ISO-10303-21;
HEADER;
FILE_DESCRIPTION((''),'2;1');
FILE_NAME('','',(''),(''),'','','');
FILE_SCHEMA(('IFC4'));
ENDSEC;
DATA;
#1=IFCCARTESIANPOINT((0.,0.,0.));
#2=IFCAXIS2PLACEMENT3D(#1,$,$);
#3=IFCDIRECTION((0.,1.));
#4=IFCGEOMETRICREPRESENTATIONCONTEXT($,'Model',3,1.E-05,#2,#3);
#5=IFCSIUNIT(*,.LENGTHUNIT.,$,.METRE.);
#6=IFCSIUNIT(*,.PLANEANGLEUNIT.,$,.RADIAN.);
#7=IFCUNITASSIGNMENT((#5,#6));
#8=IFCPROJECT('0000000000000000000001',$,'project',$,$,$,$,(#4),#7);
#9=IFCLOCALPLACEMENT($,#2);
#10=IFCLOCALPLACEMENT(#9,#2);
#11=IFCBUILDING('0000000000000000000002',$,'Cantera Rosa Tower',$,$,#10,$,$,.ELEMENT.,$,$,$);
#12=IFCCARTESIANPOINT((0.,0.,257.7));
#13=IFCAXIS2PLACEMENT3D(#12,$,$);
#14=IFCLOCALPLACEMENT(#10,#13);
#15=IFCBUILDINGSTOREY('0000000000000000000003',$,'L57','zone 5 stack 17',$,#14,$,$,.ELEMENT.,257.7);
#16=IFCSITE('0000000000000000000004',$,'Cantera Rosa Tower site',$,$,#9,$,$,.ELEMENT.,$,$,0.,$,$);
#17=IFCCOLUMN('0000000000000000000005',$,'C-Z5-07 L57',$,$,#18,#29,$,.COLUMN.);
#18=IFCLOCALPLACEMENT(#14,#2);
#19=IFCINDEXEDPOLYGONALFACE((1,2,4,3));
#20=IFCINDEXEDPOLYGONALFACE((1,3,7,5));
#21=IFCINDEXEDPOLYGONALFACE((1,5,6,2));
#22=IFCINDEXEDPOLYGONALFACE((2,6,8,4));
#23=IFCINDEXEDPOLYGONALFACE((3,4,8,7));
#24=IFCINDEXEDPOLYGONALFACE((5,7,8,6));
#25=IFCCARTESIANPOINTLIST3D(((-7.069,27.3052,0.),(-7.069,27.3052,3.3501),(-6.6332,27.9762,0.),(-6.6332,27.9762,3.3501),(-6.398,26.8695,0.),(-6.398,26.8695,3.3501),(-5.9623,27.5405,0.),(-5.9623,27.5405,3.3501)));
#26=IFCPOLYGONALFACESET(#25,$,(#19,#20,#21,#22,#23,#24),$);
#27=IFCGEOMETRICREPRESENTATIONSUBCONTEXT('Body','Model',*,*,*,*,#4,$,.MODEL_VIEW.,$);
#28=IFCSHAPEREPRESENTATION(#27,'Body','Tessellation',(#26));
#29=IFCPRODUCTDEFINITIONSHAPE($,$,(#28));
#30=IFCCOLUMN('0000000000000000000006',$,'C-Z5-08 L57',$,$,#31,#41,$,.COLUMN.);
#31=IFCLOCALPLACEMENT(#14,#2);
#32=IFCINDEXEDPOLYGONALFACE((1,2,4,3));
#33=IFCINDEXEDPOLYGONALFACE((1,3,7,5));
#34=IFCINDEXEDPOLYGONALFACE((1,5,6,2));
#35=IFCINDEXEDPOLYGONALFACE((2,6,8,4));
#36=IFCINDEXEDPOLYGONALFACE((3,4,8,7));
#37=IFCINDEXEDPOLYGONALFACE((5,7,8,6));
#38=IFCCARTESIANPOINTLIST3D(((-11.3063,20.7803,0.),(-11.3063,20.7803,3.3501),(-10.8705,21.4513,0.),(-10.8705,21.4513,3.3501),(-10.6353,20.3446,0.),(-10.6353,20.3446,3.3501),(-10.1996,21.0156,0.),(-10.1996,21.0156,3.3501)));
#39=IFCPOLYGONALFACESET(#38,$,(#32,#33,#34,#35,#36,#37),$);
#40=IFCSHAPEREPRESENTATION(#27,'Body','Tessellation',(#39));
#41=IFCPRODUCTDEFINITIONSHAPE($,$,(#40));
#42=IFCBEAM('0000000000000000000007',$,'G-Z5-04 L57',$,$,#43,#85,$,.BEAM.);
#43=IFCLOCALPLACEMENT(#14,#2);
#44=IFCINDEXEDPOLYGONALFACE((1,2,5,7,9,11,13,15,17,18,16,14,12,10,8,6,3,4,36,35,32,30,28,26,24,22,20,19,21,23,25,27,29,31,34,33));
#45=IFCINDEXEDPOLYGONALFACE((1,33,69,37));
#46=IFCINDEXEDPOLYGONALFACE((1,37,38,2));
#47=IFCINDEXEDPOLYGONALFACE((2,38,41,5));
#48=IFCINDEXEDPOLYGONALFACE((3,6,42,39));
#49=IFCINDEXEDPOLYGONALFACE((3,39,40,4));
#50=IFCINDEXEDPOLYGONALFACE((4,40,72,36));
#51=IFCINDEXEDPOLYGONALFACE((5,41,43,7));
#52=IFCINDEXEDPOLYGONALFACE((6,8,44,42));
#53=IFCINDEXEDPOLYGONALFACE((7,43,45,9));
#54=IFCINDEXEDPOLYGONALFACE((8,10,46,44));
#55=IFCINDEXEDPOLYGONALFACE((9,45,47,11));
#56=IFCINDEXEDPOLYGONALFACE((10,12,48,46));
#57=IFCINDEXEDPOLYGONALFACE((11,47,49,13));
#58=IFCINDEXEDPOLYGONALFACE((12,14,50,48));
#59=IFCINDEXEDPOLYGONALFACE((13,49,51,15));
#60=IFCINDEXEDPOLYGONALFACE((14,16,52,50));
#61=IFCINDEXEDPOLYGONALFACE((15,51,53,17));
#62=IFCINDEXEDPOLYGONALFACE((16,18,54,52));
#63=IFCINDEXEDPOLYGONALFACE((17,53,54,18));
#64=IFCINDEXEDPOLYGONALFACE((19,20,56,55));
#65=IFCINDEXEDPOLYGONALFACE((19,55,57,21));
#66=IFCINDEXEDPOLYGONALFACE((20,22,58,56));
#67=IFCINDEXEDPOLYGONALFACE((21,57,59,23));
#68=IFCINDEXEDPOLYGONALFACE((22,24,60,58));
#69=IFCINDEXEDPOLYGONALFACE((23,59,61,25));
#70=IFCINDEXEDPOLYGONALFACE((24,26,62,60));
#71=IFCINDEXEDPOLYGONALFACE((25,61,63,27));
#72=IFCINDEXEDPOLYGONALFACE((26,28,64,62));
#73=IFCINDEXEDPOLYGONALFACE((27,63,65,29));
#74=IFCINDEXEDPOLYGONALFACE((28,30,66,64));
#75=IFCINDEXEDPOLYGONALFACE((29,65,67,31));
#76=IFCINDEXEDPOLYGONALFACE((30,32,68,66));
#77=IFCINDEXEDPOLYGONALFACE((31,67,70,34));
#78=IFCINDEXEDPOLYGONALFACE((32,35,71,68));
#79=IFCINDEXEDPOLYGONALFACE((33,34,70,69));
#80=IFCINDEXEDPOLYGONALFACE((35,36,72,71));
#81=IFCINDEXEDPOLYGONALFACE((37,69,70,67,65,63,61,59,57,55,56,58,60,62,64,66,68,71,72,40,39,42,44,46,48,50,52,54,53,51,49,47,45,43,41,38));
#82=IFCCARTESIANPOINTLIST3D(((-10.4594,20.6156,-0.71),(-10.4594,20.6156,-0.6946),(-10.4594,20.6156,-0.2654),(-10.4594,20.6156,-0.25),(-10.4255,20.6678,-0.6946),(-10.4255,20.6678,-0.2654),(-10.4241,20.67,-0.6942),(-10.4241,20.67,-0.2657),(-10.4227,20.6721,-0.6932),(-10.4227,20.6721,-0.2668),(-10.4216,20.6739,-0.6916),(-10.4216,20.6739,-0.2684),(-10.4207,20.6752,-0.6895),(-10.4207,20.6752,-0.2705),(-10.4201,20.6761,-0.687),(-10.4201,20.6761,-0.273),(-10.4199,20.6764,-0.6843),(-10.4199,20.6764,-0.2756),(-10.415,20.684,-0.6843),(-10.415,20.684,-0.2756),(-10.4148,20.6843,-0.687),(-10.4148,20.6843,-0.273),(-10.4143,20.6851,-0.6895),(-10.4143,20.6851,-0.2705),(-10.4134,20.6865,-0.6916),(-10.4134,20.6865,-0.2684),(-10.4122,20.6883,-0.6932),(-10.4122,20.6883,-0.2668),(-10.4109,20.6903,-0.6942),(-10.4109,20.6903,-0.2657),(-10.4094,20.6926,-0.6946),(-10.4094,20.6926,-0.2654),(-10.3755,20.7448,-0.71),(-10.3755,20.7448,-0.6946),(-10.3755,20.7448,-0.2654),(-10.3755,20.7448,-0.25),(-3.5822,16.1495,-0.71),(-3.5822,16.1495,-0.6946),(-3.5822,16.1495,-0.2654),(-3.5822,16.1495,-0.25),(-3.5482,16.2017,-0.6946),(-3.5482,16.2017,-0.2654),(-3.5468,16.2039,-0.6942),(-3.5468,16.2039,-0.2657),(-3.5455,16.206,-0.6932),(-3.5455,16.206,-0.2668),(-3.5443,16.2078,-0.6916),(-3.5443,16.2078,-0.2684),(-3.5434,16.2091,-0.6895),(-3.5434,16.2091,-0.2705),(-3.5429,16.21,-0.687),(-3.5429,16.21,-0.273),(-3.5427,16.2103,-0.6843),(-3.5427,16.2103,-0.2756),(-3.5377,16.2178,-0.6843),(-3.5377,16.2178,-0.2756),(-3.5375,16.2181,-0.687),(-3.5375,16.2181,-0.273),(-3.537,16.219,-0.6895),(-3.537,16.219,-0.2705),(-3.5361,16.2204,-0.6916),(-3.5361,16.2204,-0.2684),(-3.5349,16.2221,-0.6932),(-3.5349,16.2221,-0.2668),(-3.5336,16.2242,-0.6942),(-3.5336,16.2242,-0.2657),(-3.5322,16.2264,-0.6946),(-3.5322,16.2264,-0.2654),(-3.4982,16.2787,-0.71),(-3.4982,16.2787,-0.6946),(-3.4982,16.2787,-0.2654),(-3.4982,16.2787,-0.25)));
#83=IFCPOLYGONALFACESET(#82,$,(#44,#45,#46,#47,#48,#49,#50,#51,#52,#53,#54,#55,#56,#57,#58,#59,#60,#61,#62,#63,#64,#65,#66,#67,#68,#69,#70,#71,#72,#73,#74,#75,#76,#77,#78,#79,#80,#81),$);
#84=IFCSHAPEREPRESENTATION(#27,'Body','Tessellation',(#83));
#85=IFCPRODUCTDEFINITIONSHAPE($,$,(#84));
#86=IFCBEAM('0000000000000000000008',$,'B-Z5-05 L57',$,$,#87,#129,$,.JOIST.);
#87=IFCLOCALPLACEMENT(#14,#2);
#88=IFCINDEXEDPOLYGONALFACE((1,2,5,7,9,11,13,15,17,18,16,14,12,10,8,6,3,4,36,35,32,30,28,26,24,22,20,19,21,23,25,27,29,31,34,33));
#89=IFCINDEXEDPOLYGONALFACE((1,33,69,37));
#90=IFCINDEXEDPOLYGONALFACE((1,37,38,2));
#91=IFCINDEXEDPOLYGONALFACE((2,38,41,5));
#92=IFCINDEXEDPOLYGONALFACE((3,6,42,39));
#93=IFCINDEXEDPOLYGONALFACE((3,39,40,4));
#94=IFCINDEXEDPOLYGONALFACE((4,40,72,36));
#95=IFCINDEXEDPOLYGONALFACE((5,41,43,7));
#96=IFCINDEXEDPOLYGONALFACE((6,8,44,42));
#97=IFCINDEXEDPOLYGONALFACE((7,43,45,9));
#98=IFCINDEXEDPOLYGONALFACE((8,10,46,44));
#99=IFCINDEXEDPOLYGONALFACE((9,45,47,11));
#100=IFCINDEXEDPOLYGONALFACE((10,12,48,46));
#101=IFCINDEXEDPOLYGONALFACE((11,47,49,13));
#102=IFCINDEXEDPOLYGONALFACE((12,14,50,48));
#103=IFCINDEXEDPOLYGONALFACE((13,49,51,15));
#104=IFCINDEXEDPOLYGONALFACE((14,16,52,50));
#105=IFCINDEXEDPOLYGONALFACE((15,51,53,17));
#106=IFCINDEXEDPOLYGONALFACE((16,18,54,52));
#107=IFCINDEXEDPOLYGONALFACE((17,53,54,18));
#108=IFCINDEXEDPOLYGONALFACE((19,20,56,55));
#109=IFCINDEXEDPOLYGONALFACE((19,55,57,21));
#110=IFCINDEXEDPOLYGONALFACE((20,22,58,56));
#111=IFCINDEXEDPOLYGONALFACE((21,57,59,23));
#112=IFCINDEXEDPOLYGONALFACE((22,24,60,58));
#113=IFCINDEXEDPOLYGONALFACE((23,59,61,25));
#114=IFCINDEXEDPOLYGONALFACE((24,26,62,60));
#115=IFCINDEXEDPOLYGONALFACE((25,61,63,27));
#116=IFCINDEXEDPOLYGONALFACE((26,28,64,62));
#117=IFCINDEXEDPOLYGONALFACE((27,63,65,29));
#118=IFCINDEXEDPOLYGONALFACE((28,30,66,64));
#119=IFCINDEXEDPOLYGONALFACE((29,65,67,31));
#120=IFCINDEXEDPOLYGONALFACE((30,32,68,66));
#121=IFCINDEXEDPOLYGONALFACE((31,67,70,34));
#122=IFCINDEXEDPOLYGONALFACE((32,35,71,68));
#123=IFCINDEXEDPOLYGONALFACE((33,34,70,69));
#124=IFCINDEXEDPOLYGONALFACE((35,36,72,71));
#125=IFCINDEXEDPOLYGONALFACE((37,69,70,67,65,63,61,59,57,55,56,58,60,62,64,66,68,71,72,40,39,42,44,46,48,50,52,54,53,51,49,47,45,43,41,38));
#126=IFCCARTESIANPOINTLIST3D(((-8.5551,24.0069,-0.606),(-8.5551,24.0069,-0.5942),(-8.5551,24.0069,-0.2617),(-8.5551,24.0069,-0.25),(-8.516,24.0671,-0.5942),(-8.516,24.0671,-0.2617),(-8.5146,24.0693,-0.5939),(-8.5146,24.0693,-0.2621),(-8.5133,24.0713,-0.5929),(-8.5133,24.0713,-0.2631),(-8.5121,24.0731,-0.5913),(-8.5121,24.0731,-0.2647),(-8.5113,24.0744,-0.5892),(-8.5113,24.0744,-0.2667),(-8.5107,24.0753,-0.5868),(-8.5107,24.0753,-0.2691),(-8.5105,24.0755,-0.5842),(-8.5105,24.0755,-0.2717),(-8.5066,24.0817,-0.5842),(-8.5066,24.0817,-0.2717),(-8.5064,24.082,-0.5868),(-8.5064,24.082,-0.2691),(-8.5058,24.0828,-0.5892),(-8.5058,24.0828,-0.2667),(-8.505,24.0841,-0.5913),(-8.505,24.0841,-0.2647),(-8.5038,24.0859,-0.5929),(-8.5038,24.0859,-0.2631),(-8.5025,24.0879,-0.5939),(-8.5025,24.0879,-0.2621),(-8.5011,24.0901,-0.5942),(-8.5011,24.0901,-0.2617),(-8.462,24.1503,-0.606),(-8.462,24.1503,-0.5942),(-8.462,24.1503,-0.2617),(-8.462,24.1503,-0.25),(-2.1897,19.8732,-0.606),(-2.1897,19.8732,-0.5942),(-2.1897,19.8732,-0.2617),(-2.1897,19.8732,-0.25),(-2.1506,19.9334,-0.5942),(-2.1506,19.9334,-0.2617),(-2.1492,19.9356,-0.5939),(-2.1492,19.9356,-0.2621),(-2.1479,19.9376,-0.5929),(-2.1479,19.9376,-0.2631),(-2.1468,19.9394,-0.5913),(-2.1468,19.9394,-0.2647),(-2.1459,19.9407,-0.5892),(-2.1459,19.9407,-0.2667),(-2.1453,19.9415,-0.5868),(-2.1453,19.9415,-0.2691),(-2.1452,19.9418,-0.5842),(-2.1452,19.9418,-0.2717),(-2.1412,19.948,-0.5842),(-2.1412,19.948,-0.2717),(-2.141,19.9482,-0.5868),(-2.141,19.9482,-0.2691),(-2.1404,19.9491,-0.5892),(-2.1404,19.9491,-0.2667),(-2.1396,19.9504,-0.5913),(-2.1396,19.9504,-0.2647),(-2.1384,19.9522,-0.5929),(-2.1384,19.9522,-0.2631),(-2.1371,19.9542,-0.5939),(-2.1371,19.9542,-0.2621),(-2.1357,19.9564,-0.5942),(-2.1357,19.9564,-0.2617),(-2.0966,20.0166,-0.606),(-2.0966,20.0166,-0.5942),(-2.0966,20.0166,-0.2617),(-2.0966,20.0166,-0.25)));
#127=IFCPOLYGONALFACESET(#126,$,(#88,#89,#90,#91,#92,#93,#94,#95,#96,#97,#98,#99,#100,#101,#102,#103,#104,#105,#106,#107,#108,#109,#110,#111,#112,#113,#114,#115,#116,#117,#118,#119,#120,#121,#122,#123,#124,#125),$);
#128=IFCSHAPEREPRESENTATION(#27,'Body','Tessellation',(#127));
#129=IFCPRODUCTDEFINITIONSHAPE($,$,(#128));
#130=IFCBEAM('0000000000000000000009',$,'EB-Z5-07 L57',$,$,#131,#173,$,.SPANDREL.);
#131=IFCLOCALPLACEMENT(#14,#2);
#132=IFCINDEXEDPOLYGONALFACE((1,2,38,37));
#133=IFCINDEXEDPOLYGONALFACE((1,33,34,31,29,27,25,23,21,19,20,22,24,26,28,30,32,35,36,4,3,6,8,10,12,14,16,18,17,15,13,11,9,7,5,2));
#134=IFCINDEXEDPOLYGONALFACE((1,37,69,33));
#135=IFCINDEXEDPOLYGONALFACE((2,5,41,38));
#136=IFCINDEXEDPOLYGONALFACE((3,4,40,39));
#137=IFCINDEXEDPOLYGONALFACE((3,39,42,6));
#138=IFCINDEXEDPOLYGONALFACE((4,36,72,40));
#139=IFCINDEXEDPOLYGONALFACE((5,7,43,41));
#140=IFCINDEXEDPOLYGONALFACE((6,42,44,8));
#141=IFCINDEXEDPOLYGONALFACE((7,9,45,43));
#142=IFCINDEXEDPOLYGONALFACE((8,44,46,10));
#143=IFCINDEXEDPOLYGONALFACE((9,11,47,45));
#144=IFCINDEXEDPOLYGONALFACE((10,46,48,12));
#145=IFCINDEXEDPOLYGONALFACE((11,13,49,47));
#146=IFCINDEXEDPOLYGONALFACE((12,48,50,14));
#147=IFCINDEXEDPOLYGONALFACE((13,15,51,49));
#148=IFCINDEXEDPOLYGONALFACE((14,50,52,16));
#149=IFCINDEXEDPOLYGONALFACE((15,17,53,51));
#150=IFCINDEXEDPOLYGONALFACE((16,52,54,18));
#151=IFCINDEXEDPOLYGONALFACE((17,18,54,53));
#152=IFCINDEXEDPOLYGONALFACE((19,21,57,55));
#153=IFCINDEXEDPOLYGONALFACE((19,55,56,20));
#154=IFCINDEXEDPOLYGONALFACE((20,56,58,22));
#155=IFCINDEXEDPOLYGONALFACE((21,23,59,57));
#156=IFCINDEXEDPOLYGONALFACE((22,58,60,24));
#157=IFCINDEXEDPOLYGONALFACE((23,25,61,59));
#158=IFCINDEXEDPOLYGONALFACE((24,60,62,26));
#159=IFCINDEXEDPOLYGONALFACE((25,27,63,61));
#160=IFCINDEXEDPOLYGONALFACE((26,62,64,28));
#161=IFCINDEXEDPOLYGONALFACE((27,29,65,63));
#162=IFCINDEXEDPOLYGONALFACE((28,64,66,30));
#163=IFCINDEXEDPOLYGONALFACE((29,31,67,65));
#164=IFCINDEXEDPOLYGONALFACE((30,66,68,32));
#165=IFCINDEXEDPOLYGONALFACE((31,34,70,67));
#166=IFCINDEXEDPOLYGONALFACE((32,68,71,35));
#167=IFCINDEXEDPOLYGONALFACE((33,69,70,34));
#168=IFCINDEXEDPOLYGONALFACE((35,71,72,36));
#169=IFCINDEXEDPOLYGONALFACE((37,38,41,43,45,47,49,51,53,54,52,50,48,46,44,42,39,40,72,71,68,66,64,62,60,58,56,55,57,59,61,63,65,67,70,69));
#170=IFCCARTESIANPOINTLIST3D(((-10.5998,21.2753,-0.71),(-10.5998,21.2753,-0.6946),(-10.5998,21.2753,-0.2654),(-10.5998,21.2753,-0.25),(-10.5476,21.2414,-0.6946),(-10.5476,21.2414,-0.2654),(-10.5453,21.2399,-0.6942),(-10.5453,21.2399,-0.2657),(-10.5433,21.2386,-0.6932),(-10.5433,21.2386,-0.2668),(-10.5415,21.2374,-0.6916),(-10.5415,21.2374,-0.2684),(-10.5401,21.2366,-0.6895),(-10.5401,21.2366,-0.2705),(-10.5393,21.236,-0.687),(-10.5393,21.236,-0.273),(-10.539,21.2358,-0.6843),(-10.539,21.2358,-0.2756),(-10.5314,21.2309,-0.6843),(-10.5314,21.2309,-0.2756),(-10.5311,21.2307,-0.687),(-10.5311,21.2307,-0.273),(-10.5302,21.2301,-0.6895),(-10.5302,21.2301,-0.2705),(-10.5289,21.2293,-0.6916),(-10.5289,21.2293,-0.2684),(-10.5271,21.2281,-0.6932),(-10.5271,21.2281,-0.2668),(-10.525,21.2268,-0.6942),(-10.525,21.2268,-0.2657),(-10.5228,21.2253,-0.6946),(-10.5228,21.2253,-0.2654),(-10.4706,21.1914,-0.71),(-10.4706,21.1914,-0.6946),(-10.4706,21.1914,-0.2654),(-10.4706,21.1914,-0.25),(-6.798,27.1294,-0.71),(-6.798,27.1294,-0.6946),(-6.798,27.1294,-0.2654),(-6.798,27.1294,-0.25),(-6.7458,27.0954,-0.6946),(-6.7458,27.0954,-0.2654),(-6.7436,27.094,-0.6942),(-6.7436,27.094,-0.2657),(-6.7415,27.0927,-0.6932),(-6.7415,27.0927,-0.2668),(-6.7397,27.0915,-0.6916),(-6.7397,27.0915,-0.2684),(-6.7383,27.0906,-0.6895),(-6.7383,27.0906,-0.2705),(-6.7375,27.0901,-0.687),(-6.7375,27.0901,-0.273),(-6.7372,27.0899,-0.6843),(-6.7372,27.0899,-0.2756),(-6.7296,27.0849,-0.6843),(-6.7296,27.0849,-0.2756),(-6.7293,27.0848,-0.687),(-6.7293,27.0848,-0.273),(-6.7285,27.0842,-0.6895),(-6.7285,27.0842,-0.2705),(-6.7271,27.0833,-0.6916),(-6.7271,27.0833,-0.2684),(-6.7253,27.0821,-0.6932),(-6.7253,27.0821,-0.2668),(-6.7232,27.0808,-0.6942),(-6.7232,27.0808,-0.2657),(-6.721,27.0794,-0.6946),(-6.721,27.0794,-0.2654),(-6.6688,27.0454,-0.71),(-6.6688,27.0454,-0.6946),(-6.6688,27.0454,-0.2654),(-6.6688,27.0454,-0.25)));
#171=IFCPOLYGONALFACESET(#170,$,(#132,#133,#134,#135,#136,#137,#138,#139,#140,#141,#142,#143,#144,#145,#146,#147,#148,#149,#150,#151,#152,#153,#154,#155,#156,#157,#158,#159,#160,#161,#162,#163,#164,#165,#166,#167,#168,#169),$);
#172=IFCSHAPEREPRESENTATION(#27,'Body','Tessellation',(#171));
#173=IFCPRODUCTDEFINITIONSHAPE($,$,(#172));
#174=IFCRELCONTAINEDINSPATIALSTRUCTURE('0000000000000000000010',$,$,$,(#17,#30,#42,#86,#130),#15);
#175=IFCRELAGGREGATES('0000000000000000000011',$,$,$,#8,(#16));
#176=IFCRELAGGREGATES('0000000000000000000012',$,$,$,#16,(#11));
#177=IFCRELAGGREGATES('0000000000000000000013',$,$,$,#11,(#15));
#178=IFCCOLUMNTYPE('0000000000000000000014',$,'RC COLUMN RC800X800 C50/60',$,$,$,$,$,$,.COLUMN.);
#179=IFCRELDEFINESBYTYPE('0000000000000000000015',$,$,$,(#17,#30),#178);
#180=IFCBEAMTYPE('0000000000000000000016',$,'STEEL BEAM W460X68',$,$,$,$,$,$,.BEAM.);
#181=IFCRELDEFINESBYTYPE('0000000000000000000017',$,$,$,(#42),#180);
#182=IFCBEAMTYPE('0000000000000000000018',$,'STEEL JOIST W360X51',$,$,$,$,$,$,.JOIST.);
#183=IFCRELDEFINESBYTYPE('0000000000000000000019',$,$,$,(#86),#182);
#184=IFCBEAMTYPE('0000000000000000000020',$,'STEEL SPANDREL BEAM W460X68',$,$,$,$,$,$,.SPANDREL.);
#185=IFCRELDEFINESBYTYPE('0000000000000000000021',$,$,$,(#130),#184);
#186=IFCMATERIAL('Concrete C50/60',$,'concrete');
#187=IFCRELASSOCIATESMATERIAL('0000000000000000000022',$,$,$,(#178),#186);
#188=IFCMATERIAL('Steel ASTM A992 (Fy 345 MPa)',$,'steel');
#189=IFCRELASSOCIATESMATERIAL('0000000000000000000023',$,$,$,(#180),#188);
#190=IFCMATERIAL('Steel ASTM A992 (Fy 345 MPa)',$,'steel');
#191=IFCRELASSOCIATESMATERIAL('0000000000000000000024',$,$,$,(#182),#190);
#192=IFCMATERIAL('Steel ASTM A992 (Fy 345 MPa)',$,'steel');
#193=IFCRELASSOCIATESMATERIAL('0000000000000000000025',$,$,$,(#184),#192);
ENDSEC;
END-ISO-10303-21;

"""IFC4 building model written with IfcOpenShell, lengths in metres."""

from ifc_helpers import new_model, si_unit, direction, frame, origin, origin_2d, place, context, subcontext, project, spatial, rectangle, i_section, extrude, material, material_profile, profile_set, type_object, element, save


model = new_model("IFC4")

# Units and contexts
model_context = context("Model", 3, precision=1e-05, world=origin(), true_north=direction((0.0, 1.0)))
body_context = subcontext(model_context, "Body", "Model", "MODEL_VIEW")
ifc_project = project(units=[si_unit("LENGTHUNIT", "METRE"), si_unit("PLANEANGLEUNIT", "RADIAN")], contexts=[model_context])

# Site, building, storey
site_placement = place(None, origin())
site = spatial("IfcSite", under=ifc_project, at=site_placement, Name="Cantera Rosa Tower site", CompositionType="ELEMENT", RefElevation=0.0)
building_placement = place(site_placement, origin())
building = spatial("IfcBuilding", under=site, at=building_placement, Name="Cantera Rosa Tower", CompositionType="ELEMENT")
storey_placement = place(building_placement, frame((0.0, 0.0, 257.7)))
storey = spatial("IfcBuildingStorey", under=building, at=storey_placement, Name="L57", Description="zone 5 stack 17", CompositionType="ELEMENT", Elevation=257.7)

# Columns
ifc_material_1 = material(Name="Concrete C50/60", Category="concrete")
ifc_material_profile_1 = material_profile(ifc_material_1, rectangle(XDim=0.8, YDim=0.8, at=origin_2d()), Name="RC COLUMN RC800X800 C50/60")
ifc_profile_set_1 = profile_set([ifc_material_profile_1], Name="Concrete C50/60")
column_type = type_object("IfcColumnType", Name="RC COLUMN RC800X800 C50/60", PredefinedType="COLUMN", material=ifc_profile_set_1)
for number, where, z_axis, x_axis, name in (
    (1, (-6.5156, 27.4229, 0.0), (0.0, 0.0, 1.0), (0.544639, 0.838671, 0.0), "C-Z5-07 L57"),
    (2, (-10.7529, 20.8979, 0.0), (0.0, 0.0, 1.0), (0.544639, 0.838671, 0.0), "C-Z5-08 L57"),
):
    element("IfcColumn", number, at=place(storey_placement, frame(where, z_axis=z_axis, x_axis=x_axis)), inside=storey, type_object=column_type, Name=name, PredefinedType="COLUMN", context=body_context, shape_type="SweptSolid", body=[
        extrude(rectangle(XDim=0.8, YDim=0.8, at=origin_2d()), origin(), (0.0, 0.0, 1.0), 3.3501),
    ])

# Beams
ifc_material_2 = material(Name="Steel ASTM A992 (Fy 345 MPa)", Category="steel")
ifc_material_profile_2 = material_profile(ifc_material_2, i_section(OverallWidth=0.1541, OverallDepth=0.46, WebThickness=0.009, FlangeThickness=0.0154, FilletRadius=0.0103, at=origin_2d()), Name="W460X68")
ifc_profile_set_2 = profile_set([ifc_material_profile_2], Name="Steel ASTM A992 (Fy 345 MPa)")
beam_type_1 = type_object("IfcBeamType", Name="STEEL BEAM W460X68", PredefinedType="BEAM", material=ifc_profile_set_2)
beam_1_placement = place(storey_placement, frame((-10.4175, 20.6802, -0.48), z_axis=(0.838673, -0.544636, 0.0), x_axis=(0.544636, 0.838673, 0.0)))
element("IfcBeam", 3, at=beam_1_placement, inside=storey, type_object=beam_type_1, Name="G-Z5-04 L57", PredefinedType="BEAM", context=body_context, shape_type="SweptSolid", body=[
    extrude(i_section(OverallWidth=0.1541, OverallDepth=0.46, WebThickness=0.009, FlangeThickness=0.0154, FilletRadius=0.0103, at=origin_2d()), origin(), (0.0, 0.0, 1.0), 8.2002),
])
ifc_material_3 = material(Name="Steel ASTM A992 (Fy 345 MPa)", Category="steel")
ifc_material_profile_3 = material_profile(ifc_material_3, i_section(OverallWidth=0.1709, OverallDepth=0.356, WebThickness=0.0073, FlangeThickness=0.0117, FilletRadius=0.01, at=origin_2d()), Name="W360X51")
ifc_profile_set_3 = profile_set([ifc_material_profile_3], Name="Steel ASTM A992 (Fy 345 MPa)")
beam_type_2 = type_object("IfcBeamType", Name="STEEL JOIST W360X51", PredefinedType="JOIST", material=ifc_profile_set_3)
beam_2_placement = place(storey_placement, frame((-8.5085, 24.0786, -0.428), z_axis=(0.838671, -0.544639, 0.0), x_axis=(0.544639, 0.838671, 0.0)))
element("IfcBeam", 4, at=beam_2_placement, inside=storey, type_object=beam_type_2, Name="B-Z5-05 L57", PredefinedType="JOIST", context=body_context, shape_type="SweptSolid", body=[
    extrude(i_section(OverallWidth=0.1709, OverallDepth=0.356, WebThickness=0.0073, FlangeThickness=0.0117, FilletRadius=0.01, at=origin_2d()), origin(), (0.0, 0.0, 1.0), 7.5898),
])
ifc_material_4 = material(Name="Steel ASTM A992 (Fy 345 MPa)", Category="steel")
ifc_material_profile_4 = material_profile(ifc_material_4, i_section(OverallWidth=0.1541, OverallDepth=0.46, WebThickness=0.009, FlangeThickness=0.0154, FilletRadius=0.0103, at=origin_2d()), Name="W460X68")
ifc_profile_set_4 = profile_set([ifc_material_profile_4], Name="Steel ASTM A992 (Fy 345 MPa)")
beam_type_3 = type_object("IfcBeamType", Name="STEEL SPANDREL BEAM W460X68", PredefinedType="SPANDREL", material=ifc_profile_set_4)
for number, where, z_axis, x_axis, name in (
    (5, (-6.7334, 27.0874, -0.48), (-0.544651, -0.838663, 0.0), (0.838663, -0.544651, 0.0), "EB-Z5-07 L57"),
):
    element("IfcBeam", number, at=place(storey_placement, frame(where, z_axis=z_axis, x_axis=x_axis)), inside=storey, type_object=beam_type_3, Name=name, PredefinedType="SPANDREL", context=body_context, shape_type="SweptSolid", body=[
        extrude(i_section(OverallWidth=0.1541, OverallDepth=0.46, WebThickness=0.009, FlangeThickness=0.0154, FilletRadius=0.0103, at=origin_2d()), origin(), (0.0, 0.0, 1.0), 6.9802),
    ])

save(model, "model.ifc")
